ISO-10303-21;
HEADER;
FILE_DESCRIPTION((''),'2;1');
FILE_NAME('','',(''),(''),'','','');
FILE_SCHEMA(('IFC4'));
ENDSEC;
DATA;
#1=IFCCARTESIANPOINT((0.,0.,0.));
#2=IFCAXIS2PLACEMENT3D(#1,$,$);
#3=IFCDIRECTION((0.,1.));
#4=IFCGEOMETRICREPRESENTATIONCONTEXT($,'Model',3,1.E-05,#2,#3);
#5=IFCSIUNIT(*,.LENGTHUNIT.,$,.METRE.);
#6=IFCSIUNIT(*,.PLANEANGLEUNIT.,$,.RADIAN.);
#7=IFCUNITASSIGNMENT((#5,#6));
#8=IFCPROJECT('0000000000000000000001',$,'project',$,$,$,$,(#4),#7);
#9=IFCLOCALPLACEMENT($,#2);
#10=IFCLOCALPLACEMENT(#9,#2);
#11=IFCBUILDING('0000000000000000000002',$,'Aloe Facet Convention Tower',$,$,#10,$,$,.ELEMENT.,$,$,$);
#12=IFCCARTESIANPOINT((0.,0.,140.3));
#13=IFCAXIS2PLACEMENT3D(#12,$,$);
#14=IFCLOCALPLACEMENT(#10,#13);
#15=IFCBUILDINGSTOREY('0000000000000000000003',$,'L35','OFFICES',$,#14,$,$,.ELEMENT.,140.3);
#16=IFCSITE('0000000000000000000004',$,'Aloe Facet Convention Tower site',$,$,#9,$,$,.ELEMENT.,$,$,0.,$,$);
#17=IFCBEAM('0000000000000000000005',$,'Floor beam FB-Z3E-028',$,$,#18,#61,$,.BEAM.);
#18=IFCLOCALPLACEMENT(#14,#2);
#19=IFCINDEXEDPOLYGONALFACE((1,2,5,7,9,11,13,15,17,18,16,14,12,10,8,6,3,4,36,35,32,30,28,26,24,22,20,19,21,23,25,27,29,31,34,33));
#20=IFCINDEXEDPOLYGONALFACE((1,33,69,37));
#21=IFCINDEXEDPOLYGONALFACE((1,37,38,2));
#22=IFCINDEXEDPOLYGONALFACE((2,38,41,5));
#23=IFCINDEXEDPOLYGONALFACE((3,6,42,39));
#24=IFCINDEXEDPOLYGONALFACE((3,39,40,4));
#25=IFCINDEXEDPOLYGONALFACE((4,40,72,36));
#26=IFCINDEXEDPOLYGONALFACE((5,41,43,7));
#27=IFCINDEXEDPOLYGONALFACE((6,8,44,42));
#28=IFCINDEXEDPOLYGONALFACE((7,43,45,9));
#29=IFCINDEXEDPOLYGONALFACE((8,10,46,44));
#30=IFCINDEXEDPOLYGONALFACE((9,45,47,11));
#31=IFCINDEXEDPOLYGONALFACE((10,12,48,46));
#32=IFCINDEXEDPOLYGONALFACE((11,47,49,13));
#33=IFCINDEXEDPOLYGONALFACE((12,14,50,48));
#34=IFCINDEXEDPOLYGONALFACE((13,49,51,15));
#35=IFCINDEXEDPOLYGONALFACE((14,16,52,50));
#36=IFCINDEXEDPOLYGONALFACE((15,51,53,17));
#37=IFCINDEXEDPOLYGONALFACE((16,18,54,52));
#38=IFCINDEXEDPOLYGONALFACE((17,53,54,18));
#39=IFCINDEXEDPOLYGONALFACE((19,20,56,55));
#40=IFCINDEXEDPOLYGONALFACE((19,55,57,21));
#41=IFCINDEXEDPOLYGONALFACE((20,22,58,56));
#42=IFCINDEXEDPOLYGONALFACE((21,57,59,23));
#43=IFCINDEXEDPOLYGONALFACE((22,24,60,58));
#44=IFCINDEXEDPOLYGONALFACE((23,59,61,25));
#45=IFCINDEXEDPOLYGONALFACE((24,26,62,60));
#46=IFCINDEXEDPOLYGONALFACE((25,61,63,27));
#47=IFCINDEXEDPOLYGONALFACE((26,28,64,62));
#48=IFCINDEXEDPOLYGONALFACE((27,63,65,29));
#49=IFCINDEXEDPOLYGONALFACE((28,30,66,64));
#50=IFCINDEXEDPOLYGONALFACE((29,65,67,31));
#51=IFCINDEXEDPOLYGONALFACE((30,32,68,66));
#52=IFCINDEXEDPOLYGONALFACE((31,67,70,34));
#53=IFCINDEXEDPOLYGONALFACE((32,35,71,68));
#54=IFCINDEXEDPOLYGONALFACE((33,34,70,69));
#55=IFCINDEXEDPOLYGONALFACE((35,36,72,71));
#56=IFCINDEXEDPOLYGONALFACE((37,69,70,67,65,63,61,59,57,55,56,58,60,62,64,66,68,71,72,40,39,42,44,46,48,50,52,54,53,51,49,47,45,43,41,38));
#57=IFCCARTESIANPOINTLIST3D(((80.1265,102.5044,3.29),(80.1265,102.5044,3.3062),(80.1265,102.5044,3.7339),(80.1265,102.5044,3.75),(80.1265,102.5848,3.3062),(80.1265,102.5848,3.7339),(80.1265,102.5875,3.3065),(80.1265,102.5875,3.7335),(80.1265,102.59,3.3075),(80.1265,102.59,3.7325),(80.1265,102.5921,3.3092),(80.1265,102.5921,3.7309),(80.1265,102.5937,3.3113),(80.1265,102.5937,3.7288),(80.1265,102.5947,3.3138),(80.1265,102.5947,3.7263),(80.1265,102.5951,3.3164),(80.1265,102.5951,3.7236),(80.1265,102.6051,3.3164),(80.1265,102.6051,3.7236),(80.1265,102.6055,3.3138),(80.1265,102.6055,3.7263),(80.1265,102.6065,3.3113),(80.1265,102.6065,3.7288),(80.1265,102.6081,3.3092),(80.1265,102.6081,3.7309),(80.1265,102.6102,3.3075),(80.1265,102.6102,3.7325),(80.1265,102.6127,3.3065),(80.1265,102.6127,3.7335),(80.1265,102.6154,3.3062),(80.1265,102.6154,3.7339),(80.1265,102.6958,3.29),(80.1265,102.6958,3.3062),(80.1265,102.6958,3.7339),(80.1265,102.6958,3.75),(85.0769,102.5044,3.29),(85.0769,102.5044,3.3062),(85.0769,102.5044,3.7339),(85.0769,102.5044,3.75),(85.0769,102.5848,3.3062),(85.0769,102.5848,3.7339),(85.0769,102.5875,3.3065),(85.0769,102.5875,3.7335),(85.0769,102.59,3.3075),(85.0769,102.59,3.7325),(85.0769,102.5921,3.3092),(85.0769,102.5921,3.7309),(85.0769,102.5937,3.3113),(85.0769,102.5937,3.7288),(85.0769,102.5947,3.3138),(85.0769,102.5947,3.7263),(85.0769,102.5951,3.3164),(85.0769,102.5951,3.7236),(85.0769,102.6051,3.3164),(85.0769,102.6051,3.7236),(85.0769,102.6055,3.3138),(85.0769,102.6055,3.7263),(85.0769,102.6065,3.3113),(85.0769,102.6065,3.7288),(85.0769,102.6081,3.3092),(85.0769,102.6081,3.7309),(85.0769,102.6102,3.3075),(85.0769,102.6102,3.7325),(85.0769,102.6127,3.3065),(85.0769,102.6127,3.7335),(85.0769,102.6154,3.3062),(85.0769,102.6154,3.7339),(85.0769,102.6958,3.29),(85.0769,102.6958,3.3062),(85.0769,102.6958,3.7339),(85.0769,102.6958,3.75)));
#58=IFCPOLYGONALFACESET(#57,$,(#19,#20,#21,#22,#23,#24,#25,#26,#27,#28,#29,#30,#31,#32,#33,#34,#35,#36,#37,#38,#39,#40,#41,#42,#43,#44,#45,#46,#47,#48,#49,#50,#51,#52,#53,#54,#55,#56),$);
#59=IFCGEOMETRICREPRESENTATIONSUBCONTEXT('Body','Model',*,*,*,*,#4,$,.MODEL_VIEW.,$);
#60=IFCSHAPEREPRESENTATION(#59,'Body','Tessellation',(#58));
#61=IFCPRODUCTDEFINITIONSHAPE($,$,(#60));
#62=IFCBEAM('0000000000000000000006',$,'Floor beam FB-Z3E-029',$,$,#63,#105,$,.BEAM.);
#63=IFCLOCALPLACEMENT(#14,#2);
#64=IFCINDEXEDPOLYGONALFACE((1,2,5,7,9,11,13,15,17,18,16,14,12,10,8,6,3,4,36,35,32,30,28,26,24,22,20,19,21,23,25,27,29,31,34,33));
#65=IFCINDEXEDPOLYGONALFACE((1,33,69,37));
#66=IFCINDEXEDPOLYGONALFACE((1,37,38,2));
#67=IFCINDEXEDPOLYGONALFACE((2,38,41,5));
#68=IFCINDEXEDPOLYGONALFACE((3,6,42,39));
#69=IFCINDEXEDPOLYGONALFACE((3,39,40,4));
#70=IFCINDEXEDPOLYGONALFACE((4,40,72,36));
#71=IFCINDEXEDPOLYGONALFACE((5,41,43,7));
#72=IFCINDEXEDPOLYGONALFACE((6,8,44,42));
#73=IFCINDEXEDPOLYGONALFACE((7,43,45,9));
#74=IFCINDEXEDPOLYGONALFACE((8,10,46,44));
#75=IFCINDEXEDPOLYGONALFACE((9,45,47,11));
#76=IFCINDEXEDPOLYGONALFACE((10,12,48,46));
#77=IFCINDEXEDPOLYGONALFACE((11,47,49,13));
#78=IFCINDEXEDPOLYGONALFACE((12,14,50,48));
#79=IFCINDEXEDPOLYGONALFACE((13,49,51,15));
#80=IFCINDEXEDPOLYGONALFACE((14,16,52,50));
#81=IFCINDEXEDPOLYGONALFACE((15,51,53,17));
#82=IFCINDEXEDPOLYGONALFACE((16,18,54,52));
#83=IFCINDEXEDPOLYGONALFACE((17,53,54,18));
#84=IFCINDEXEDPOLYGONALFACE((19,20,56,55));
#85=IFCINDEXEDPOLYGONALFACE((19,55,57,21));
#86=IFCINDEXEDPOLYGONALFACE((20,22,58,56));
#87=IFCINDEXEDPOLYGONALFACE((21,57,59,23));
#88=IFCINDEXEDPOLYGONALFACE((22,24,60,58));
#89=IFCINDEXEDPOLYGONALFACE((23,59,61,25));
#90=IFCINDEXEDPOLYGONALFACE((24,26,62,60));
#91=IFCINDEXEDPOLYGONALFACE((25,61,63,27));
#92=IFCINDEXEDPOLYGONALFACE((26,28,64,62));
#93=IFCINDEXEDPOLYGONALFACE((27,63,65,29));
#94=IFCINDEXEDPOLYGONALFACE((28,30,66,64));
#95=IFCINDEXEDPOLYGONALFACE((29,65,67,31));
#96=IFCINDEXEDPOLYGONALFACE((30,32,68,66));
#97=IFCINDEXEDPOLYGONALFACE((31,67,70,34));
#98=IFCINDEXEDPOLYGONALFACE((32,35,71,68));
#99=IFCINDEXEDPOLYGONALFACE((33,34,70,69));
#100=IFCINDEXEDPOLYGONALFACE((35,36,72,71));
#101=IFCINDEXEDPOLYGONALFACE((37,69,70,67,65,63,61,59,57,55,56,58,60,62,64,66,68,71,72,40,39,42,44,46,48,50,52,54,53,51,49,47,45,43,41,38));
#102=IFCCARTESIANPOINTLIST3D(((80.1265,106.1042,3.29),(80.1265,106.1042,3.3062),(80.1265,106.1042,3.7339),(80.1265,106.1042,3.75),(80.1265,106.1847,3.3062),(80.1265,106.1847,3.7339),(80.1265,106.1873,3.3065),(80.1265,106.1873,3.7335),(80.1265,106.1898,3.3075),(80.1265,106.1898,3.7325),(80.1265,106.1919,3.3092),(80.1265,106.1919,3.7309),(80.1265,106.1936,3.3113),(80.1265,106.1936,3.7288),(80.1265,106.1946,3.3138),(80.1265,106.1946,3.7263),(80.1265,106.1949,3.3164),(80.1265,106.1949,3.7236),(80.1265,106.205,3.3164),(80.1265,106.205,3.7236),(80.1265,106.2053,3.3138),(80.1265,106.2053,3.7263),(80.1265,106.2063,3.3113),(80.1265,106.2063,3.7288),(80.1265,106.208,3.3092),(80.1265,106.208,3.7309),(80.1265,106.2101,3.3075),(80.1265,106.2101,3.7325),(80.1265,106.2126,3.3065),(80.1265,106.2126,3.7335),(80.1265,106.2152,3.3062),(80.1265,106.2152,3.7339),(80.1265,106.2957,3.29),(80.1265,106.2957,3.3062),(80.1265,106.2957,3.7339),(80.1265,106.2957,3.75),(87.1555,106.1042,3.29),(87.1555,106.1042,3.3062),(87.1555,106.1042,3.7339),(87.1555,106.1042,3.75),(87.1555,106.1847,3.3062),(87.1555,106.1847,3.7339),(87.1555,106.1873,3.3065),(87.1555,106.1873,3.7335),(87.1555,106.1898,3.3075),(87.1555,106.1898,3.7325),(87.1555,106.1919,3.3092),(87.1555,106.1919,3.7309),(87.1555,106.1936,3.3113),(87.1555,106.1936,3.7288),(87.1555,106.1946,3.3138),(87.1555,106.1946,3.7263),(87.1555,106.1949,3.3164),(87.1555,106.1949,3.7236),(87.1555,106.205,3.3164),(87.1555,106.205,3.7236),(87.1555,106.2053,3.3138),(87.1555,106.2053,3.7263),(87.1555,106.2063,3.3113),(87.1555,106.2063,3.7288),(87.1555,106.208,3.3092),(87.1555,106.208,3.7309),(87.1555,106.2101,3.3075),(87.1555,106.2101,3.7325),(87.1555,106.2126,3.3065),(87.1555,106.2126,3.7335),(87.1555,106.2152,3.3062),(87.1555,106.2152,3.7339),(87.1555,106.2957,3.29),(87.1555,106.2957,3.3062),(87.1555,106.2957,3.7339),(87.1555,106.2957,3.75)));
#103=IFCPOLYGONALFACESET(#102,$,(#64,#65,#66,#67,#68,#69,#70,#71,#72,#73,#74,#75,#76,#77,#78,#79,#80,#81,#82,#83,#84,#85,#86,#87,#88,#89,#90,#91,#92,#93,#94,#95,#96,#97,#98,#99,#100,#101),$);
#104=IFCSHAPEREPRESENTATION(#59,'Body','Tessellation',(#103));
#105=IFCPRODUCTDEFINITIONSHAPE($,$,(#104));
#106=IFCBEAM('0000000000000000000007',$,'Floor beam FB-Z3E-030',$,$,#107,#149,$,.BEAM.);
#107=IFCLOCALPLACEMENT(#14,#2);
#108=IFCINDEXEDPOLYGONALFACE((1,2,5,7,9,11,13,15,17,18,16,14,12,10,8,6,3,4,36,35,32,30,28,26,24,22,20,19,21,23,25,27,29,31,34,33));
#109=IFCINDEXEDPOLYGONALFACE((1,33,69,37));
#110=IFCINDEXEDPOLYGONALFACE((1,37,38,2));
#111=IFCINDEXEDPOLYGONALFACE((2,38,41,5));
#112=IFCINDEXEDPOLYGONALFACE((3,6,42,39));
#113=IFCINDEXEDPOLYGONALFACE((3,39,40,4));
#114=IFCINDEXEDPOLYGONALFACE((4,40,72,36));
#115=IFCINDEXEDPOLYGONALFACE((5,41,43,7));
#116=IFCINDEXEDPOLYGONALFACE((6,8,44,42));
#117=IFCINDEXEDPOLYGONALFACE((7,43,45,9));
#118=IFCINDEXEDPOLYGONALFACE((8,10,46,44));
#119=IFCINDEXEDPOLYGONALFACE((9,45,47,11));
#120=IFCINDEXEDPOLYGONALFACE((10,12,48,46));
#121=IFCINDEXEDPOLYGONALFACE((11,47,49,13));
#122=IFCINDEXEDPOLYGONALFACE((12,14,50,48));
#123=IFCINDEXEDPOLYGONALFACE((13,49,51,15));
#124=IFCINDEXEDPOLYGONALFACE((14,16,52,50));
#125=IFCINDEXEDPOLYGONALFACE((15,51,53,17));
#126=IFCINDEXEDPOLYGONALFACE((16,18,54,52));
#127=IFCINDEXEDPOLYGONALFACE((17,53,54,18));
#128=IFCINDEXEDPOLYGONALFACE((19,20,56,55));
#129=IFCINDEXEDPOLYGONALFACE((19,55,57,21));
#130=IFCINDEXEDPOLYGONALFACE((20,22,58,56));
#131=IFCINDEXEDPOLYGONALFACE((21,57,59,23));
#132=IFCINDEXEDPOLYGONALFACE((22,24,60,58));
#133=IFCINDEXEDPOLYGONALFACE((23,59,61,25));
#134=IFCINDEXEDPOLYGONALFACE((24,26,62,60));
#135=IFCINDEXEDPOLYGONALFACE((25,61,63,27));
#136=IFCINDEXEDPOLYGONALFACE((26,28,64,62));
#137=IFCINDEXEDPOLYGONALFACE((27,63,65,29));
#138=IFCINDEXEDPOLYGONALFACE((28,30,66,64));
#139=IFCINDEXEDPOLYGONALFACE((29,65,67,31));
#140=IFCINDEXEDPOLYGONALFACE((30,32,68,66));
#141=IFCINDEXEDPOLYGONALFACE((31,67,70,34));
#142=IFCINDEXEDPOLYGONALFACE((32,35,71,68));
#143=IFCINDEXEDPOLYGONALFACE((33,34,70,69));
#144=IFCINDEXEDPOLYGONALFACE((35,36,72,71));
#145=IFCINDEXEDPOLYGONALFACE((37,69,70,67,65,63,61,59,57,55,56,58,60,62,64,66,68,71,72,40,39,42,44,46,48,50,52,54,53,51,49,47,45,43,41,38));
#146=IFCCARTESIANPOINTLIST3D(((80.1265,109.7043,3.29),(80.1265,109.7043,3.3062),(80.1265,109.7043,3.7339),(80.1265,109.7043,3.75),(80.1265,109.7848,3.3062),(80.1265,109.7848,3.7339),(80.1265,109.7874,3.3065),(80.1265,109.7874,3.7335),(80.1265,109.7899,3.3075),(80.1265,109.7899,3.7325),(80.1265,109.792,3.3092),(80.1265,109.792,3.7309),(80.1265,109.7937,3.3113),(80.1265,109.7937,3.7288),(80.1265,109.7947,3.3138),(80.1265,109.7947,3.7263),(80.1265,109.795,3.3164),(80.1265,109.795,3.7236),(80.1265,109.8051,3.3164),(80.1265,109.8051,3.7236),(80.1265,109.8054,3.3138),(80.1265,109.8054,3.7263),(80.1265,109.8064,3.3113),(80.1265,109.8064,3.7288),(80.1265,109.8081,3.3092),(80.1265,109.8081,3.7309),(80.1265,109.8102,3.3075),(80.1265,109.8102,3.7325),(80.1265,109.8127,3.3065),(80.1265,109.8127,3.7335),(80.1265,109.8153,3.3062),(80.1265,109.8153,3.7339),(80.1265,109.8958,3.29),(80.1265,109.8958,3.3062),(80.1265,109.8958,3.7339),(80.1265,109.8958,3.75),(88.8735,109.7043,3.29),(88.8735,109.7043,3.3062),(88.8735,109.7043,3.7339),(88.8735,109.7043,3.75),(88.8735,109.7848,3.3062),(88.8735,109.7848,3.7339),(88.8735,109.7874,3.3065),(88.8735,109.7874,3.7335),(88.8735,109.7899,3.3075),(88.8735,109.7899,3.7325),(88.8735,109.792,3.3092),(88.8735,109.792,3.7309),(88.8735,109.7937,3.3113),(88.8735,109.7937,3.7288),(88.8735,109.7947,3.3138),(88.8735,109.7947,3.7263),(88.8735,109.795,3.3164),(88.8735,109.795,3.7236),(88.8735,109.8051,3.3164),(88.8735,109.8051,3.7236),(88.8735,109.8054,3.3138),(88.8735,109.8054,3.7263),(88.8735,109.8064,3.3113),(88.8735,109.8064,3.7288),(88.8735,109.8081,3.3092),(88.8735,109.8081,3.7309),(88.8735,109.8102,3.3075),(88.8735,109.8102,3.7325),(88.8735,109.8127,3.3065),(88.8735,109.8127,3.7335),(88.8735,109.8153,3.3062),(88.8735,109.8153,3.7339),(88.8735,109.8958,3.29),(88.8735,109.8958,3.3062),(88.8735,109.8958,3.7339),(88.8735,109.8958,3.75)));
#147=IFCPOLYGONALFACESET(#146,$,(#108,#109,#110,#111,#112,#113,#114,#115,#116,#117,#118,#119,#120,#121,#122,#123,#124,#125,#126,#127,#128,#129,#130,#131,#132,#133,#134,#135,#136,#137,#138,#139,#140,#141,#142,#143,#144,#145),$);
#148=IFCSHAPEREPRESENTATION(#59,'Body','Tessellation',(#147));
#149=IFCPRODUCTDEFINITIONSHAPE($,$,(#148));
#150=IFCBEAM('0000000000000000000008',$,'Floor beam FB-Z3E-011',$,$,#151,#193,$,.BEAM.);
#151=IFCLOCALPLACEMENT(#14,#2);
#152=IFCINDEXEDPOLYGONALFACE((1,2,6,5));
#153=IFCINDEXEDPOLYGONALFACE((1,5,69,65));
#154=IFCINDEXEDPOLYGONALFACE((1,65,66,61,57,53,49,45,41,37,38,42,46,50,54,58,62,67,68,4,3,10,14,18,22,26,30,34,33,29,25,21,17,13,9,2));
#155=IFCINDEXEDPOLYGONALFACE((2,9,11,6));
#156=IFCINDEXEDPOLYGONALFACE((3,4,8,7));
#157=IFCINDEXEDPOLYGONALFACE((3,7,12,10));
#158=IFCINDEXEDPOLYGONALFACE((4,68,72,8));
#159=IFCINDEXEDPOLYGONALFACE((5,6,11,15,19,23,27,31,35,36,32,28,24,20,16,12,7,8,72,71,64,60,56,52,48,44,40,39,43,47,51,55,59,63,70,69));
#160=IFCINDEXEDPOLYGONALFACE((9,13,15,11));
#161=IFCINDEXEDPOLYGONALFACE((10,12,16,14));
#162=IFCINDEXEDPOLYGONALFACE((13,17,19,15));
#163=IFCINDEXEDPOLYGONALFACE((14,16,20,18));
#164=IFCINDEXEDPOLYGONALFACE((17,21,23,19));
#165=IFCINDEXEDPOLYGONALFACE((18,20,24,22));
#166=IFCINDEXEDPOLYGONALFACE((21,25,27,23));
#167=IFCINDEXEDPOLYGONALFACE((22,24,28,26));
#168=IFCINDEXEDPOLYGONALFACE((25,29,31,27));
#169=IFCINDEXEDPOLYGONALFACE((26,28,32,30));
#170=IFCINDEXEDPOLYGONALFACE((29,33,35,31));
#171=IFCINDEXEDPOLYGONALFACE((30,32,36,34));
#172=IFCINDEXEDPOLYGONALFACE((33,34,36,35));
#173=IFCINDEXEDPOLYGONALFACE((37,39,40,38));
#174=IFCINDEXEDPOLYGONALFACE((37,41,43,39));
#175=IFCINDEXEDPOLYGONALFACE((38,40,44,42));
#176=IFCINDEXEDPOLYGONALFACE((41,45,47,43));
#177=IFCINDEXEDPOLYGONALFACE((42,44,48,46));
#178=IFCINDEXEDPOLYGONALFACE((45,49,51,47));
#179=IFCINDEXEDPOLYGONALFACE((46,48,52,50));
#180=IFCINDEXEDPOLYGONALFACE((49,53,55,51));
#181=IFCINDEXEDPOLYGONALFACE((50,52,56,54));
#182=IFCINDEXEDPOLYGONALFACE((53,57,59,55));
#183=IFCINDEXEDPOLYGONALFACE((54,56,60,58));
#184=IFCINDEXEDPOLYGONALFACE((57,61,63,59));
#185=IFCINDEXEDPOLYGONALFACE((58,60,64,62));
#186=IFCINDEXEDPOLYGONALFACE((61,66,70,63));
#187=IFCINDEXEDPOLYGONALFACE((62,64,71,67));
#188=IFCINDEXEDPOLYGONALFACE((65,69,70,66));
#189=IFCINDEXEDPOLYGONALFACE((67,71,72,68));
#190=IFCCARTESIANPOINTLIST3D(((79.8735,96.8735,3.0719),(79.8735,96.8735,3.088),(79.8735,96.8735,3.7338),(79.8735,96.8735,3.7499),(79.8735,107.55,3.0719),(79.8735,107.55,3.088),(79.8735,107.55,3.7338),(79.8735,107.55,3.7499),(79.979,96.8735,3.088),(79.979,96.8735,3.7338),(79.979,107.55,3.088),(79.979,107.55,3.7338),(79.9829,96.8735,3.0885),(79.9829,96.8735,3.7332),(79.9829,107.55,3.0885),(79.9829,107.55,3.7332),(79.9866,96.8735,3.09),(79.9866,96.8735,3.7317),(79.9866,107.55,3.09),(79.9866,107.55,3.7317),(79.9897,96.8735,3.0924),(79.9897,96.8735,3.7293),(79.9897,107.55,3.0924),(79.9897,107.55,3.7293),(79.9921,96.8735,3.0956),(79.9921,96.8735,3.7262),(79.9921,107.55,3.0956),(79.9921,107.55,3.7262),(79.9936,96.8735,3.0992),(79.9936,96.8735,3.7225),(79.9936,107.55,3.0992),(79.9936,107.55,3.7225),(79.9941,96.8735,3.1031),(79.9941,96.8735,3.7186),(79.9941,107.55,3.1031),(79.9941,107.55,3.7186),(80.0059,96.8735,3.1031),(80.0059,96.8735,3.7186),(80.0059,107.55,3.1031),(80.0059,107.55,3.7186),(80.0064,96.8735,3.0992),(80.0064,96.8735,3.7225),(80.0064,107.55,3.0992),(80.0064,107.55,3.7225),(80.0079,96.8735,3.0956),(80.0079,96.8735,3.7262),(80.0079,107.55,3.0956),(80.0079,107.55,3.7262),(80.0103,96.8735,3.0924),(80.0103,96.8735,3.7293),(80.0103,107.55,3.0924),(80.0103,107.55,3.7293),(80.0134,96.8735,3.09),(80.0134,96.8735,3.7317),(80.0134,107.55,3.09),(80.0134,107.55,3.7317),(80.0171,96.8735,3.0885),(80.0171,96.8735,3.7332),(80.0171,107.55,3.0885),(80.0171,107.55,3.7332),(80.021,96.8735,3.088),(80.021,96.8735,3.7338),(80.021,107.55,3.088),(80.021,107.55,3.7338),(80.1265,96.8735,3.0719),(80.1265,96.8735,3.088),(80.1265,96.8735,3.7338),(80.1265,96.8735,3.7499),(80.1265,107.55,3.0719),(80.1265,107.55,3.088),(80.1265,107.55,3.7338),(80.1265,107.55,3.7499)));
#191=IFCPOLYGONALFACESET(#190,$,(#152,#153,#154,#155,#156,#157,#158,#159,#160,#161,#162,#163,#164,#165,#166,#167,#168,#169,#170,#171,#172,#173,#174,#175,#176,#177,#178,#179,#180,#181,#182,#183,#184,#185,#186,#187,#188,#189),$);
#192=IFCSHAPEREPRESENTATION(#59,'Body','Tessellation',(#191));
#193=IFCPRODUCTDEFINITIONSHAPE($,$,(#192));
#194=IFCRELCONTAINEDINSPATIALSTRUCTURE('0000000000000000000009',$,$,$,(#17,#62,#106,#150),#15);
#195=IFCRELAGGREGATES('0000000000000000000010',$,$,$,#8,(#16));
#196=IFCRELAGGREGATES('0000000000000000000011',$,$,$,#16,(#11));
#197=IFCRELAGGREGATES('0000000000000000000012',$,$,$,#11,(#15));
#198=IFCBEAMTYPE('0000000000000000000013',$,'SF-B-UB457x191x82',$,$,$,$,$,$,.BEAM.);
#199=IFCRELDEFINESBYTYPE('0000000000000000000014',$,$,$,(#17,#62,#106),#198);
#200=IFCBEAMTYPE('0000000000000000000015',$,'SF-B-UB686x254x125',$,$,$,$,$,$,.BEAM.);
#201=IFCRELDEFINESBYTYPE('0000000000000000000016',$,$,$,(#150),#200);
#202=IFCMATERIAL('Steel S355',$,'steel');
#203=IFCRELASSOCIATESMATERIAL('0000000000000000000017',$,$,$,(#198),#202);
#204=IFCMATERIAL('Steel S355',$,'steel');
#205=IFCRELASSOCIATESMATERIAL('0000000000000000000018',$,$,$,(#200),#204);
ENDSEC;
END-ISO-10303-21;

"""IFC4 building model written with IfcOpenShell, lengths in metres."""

from ifc_helpers import new_model, si_unit, direction, frame, origin, origin_2d, place, context, subcontext, project, spatial, i_section, extrude, material, material_profile, profile_set, type_object, element, save


model = new_model("IFC4")

# Units and contexts
model_context = context("Model", 3, precision=1e-05, world=origin(), true_north=direction((0.0, 1.0)))
body_context = subcontext(model_context, "Body", "Model", "MODEL_VIEW")
ifc_project = project(units=[si_unit("LENGTHUNIT", "METRE"), si_unit("PLANEANGLEUNIT", "RADIAN")], contexts=[model_context])

# Site, building, storey
site_placement = place(None, origin())
site = spatial("IfcSite", under=ifc_project, at=site_placement, Name="Aloe Facet Convention Tower site", CompositionType="ELEMENT", RefElevation=0.0)
building_placement = place(site_placement, origin())
building = spatial("IfcBuilding", under=site, at=building_placement, Name="Aloe Facet Convention Tower", CompositionType="ELEMENT")
storey_placement = place(building_placement, frame((0.0, 0.0, 140.3)))
storey = spatial("IfcBuildingStorey", under=building, at=storey_placement, Name="L35", Description="OFFICES", CompositionType="ELEMENT", Elevation=140.3)

# Beams
ifc_material_1 = material(Name="Steel S355", Category="steel")
ifc_material_profile_1 = material_profile(ifc_material_1, i_section(OverallWidth=0.1914, OverallDepth=0.46, WebThickness=0.01, FlangeThickness=0.0161, FilletRadius=0.0103, at=origin_2d()), Name="UB 457x191x82")
ifc_profile_set_1 = profile_set([ifc_material_profile_1], Name="Steel S355")
beam_type_1 = type_object("IfcBeamType", Name="SF-B-UB457x191x82", PredefinedType="BEAM", material=ifc_profile_set_1)
beam_1_placement = place(storey_placement, frame((80.1265, 102.6001, 3.52), z_axis=(1.0, 0.0, 0.0), x_axis=(0.0, 1.0, 0.0)))
element("IfcBeam", 1, at=beam_1_placement, inside=storey, type_object=beam_type_1, Name="Floor beam FB-Z3E-028", PredefinedType="BEAM", context=body_context, shape_type="SweptSolid", body=[
    extrude(i_section(OverallWidth=0.1914, OverallDepth=0.46, WebThickness=0.01, FlangeThickness=0.0161, FilletRadius=0.0103, at=origin_2d()), origin(), (0.0, 0.0, 1.0), 4.9504),
])
beam_2_placement = place(storey_placement, frame((80.1265, 106.2, 3.52), z_axis=(1.0, 0.0, 0.0), x_axis=(0.0, 1.0, 0.0)))
element("IfcBeam", 2, at=beam_2_placement, inside=storey, type_object=beam_type_1, Name="Floor beam FB-Z3E-029", PredefinedType="BEAM", context=body_context, shape_type="SweptSolid", body=[
    extrude(i_section(OverallWidth=0.1914, OverallDepth=0.46, WebThickness=0.01, FlangeThickness=0.0161, FilletRadius=0.0103, at=origin_2d()), origin(), (0.0, 0.0, 1.0), 7.0291),
])
beam_3_placement = place(storey_placement, frame((80.1265, 109.8, 3.52), z_axis=(1.0, 0.0, 0.0), x_axis=(0.0, 1.0, 0.0)))
element("IfcBeam", 3, at=beam_3_placement, inside=storey, type_object=beam_type_1, Name="Floor beam FB-Z3E-030", PredefinedType="BEAM", context=body_context, shape_type="SweptSolid", body=[
    extrude(i_section(OverallWidth=0.1914, OverallDepth=0.46, WebThickness=0.01, FlangeThickness=0.0161, FilletRadius=0.0103, at=origin_2d()), origin(), (0.0, 0.0, 1.0), 8.7471),
])
ifc_material_2 = material(Name="Steel S355", Category="steel")
ifc_material_profile_2 = material_profile(ifc_material_2, i_section(OverallWidth=0.2529, OverallDepth=0.678, WebThickness=0.0117, FlangeThickness=0.0161, FilletRadius=0.0151, at=origin_2d()), Name="UB 686x254x125")
ifc_profile_set_2 = profile_set([ifc_material_profile_2], Name="Steel S355")
beam_type_2 = type_object("IfcBeamType", Name="SF-B-UB686x254x125", PredefinedType="BEAM", material=ifc_profile_set_2)
beam_4_placement = place(storey_placement, frame((80.0, 107.55, 3.4109), z_axis=(0.0, -1.0, 0.0), x_axis=(1.0, 0.0, 0.0)))
element("IfcBeam", 4, at=beam_4_placement, inside=storey, type_object=beam_type_2, Name="Floor beam FB-Z3E-011", PredefinedType="BEAM", context=body_context, shape_type="SweptSolid", body=[
    extrude(i_section(OverallWidth=0.2529, OverallDepth=0.678, WebThickness=0.0117, FlangeThickness=0.0161, FilletRadius=0.0151, at=origin_2d()), origin(), (0.0, 0.0, 1.0), 10.6765),
])

save(model, "model.ifc")
